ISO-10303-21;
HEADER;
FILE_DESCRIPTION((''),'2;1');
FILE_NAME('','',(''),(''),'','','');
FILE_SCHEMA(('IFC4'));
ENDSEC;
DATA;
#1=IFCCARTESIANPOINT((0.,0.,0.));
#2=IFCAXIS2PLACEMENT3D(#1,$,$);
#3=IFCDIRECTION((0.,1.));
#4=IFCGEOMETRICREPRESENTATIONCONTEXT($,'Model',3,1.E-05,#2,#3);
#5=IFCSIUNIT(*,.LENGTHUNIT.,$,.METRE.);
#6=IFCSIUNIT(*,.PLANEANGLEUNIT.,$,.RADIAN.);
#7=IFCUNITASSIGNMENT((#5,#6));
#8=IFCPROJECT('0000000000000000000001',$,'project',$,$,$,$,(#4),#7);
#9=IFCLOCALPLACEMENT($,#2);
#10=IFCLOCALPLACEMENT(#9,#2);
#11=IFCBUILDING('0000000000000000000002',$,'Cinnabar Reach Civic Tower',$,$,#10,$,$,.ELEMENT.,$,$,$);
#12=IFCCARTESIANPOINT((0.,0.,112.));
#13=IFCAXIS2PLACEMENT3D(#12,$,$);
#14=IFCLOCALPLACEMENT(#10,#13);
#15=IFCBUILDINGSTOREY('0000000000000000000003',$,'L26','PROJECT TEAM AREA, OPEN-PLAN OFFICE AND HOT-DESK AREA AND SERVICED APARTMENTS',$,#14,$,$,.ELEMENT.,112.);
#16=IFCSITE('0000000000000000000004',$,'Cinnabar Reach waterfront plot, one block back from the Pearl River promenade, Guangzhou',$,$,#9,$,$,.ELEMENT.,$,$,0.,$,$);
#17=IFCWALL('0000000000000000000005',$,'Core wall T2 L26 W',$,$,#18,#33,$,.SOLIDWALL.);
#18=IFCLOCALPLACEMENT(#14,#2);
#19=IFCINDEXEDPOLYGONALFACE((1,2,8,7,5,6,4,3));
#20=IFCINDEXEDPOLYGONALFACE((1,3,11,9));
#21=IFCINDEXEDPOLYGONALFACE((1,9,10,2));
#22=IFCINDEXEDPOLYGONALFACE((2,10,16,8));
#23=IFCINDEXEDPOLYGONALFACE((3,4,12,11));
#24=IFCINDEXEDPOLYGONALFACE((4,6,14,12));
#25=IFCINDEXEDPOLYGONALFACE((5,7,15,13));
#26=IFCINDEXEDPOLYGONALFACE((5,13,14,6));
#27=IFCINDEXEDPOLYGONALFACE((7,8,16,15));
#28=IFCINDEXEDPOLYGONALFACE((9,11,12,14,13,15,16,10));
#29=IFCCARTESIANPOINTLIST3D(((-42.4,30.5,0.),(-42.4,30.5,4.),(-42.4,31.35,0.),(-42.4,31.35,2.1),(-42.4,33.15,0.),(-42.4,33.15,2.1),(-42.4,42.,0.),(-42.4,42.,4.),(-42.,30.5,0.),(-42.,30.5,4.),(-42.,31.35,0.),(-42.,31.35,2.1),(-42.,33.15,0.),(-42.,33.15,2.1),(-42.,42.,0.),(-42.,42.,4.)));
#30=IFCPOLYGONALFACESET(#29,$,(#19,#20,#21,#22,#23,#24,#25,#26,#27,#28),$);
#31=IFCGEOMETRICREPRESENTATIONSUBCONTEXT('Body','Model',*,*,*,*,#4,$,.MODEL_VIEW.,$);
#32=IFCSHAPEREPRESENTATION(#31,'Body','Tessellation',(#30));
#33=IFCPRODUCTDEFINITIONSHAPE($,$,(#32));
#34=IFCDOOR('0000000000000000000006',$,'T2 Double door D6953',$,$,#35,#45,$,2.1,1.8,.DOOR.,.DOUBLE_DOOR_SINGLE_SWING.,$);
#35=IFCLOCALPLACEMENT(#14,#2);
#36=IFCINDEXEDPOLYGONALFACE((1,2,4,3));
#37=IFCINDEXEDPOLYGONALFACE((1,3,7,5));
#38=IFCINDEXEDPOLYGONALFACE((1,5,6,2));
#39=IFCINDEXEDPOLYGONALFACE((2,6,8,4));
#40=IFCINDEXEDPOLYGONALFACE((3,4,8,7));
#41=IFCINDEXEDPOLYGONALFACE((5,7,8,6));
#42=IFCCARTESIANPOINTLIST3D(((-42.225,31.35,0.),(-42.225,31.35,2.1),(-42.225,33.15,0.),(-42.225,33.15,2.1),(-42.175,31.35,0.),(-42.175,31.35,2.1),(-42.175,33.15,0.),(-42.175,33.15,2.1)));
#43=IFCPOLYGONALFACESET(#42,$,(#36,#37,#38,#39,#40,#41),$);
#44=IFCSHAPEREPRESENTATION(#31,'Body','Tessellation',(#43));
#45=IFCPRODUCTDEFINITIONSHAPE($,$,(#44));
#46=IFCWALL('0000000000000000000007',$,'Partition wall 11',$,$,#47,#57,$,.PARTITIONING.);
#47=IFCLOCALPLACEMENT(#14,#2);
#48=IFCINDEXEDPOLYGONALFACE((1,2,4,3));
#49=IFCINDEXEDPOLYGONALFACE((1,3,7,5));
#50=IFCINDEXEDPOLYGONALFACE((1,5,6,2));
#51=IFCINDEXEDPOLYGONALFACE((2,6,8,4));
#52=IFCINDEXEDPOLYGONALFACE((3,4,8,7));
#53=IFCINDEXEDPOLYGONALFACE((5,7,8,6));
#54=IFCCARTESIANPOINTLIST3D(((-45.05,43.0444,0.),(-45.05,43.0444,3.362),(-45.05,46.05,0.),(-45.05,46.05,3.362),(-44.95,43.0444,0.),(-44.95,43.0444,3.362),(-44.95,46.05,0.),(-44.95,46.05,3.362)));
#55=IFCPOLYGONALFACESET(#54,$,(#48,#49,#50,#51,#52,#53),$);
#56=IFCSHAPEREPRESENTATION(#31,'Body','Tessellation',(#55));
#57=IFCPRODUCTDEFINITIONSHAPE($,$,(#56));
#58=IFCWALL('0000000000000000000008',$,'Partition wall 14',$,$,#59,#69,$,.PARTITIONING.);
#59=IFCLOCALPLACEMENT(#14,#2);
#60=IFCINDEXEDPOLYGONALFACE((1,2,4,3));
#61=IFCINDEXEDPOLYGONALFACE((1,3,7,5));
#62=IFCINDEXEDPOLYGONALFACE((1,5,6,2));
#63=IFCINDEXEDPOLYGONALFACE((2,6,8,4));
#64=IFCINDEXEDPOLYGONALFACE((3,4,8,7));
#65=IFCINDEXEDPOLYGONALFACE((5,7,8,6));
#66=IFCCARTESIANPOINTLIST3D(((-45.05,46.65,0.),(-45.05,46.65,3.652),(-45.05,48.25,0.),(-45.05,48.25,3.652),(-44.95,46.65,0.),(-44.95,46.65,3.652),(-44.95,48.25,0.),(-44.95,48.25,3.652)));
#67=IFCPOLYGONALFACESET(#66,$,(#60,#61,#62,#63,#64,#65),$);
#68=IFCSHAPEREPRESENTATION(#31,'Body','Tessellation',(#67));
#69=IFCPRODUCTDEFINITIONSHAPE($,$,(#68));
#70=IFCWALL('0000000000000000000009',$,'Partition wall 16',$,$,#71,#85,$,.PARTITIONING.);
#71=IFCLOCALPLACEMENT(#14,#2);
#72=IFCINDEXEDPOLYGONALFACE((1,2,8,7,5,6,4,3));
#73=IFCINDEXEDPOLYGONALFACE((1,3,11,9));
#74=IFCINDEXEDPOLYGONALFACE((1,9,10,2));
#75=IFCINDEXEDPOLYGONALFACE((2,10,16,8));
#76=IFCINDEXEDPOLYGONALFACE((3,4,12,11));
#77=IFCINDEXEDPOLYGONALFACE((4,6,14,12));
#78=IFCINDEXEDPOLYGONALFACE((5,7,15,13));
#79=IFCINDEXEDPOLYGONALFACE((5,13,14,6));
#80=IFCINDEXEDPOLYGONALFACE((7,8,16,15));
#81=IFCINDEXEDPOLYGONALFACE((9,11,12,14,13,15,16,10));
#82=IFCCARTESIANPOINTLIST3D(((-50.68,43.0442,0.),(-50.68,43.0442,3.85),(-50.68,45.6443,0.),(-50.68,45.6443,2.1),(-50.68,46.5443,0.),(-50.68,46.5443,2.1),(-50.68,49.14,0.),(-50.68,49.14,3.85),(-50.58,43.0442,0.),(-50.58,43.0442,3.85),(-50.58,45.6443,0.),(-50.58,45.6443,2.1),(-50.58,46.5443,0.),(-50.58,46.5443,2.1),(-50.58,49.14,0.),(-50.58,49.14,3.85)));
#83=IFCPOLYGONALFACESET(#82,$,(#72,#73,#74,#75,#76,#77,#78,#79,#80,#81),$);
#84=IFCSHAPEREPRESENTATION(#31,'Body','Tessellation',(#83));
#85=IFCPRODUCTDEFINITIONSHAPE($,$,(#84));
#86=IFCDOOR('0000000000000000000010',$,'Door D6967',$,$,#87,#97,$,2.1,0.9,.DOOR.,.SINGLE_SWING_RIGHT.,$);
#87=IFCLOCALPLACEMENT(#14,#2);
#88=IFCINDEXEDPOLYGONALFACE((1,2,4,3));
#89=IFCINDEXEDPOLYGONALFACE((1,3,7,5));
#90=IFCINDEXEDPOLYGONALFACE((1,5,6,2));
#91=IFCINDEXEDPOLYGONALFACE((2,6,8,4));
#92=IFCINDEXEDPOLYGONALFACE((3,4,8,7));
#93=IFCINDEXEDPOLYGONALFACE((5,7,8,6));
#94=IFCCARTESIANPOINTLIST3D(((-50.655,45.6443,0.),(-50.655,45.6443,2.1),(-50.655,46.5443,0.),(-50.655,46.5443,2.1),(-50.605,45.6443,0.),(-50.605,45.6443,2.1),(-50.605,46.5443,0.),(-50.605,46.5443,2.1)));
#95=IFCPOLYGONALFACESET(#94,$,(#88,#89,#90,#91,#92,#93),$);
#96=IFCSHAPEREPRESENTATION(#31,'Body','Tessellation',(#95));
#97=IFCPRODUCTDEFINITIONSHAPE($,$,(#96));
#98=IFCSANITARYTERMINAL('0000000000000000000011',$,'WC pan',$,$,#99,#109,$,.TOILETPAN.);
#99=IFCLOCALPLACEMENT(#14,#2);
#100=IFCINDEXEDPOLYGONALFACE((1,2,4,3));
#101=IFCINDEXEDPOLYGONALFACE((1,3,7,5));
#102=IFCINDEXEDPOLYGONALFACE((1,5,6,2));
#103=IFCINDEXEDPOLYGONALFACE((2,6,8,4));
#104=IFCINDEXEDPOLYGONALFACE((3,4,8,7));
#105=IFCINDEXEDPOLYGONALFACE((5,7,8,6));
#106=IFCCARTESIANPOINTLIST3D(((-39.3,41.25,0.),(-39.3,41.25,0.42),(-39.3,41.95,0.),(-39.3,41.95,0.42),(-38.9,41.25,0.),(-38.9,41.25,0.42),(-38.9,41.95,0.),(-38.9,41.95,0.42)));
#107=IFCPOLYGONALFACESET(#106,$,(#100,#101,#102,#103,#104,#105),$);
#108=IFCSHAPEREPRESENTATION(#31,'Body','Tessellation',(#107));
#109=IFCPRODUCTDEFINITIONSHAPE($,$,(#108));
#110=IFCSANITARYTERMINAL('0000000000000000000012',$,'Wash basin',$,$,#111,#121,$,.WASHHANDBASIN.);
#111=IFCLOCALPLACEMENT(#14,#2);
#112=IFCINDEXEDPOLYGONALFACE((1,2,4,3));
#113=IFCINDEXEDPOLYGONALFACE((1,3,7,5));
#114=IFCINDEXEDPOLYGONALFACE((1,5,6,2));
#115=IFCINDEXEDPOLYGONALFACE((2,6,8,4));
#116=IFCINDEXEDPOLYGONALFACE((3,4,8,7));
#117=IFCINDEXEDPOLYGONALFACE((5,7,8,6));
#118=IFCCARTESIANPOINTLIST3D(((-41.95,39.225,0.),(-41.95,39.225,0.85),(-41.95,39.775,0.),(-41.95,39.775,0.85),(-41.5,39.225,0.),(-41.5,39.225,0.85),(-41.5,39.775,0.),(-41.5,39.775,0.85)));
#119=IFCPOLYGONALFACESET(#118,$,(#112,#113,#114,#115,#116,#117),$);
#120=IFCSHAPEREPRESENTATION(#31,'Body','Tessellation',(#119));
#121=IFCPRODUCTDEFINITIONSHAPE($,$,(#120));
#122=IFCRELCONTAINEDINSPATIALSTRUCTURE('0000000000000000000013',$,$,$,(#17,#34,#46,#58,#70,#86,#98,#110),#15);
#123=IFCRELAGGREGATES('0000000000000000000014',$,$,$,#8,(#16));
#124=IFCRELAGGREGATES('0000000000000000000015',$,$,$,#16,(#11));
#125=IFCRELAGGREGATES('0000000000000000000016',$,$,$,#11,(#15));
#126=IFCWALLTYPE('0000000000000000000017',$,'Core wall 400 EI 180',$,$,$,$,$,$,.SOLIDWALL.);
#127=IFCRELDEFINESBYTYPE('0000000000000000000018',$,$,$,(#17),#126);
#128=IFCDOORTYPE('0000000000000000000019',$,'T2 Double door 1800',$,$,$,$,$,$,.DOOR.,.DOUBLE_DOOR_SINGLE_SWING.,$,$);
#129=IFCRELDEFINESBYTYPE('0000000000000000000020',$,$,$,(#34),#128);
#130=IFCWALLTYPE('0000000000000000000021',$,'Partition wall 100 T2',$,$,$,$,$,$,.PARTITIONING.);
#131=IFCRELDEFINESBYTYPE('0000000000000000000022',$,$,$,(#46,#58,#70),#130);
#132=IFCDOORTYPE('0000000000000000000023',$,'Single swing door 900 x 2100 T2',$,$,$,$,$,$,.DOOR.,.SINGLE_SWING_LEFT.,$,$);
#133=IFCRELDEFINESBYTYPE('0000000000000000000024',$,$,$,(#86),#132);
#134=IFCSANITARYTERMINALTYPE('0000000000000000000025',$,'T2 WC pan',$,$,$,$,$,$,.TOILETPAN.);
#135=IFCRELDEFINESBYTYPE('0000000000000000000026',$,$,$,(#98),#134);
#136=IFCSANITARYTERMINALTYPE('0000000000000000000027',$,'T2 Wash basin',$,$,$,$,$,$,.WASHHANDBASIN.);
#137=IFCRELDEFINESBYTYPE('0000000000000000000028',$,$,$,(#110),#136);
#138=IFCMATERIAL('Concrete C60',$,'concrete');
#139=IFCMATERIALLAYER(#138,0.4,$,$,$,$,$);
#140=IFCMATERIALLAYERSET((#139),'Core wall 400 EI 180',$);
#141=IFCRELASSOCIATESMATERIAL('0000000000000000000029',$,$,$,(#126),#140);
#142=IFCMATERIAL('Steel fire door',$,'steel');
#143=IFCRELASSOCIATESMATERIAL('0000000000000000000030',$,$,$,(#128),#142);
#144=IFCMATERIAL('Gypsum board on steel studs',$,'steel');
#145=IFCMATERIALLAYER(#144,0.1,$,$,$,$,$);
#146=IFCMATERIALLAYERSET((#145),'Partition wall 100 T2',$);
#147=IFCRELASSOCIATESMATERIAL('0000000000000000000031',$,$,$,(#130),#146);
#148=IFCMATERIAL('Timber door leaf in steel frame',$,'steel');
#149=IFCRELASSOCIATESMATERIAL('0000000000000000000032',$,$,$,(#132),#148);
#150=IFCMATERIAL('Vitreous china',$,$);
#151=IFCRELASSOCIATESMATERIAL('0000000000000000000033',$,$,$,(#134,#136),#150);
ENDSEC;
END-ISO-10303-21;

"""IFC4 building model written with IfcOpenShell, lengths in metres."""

from ifc_helpers import new_model, si_unit, direction, frame, frame_2d, origin, origin_2d, place, context, subcontext, project, spatial, rectangle, extrude, material, layer, layer_set, type_object, element, fill, save


model = new_model("IFC4")

# Units and contexts
model_context = context("Model", 3, precision=1e-05, world=origin(), true_north=direction((0.0, 1.0)))
body_context = subcontext(model_context, "Body", "Model", "MODEL_VIEW")
ifc_project = project(units=[si_unit("LENGTHUNIT", "METRE"), si_unit("PLANEANGLEUNIT", "RADIAN")], contexts=[model_context])

# Site, building, storey
site_placement = place(None, origin())
site = spatial("IfcSite", under=ifc_project, at=site_placement, Name="Cinnabar Reach waterfront plot, one block back from the Pearl River promenade, Guangzhou", CompositionType="ELEMENT", RefElevation=0.0)
building_placement = place(site_placement, origin())
building = spatial("IfcBuilding", under=site, at=building_placement, Name="Cinnabar Reach Civic Tower", CompositionType="ELEMENT")
storey_placement = place(building_placement, frame((0.0, 0.0, 112.0)))
storey = spatial("IfcBuildingStorey", under=building, at=storey_placement, Name="L26", Description="PROJECT TEAM AREA, OPEN-PLAN OFFICE AND HOT-DESK AREA AND SERVICED APARTMENTS", CompositionType="ELEMENT", Elevation=112.0)

# Shared definitions
ifc_material_1 = material(Name="Concrete C60", Category="concrete")

# Wall, opening, door
ifc_layer_1 = layer(ifc_material_1, 0.4)
ifc_layer_set_1 = layer_set([ifc_layer_1], Name="Core wall 400 EI 180")
wall_type_1 = type_object("IfcWallType", Name="Core wall 400 EI 180", PredefinedType="SOLIDWALL", material=ifc_layer_set_1)
wall_1_placement = place(storey_placement, frame((-42.2, 42.0, 0.0), z_axis=(0.0, 0.0, 1.0), x_axis=(0.0, -1.0, 0.0)))
wall_1 = element("IfcWall", 1, at=wall_1_placement, inside=storey, type_object=wall_type_1, Name="Core wall T2 L26 W", PredefinedType="SOLIDWALL", context=body_context, shape_type="SweptSolid", body=[
    extrude(rectangle(XDim=11.5, YDim=0.4, at=frame_2d((5.75, 0.0))), origin(), (0.0, 0.0, 1.0), 4.0),
])
opening_1_placement = place(wall_1_placement, frame((8.85, 0.0, 0.0)))
opening_1 = element("IfcOpeningElement", 2, at=opening_1_placement, cuts=wall_1, PredefinedType="OPENING", context=body_context, shape_type="SweptSolid", body=[
    extrude(rectangle(XDim=1.8, YDim=2.1, at=frame_2d((0.9, 1.05))), frame((0.0, 0.21, 0.0), z_axis=(0.0, -1.0, 0.0), x_axis=(1.0, 0.0, 0.0)), (0.0, 0.0, 1.0), 0.42),
])
ifc_material_2 = material(Name="Steel fire door", Category="steel")
door_type_1 = type_object("IfcDoorType", Name="T2 Double door 1800", OperationType="DOUBLE_DOOR_SINGLE_SWING", PredefinedType="DOOR", material=ifc_material_2)
door_1_placement = place(opening_1_placement, frame((1.8, 0.0, 0.0), z_axis=(0.0, 0.0, 1.0), x_axis=(-1.0, 0.0, 0.0)))
door_1 = element("IfcDoor", 3, at=door_1_placement, inside=storey, type_object=door_type_1, Name="T2 Double door D6953", OperationType="DOUBLE_DOOR_SINGLE_SWING", OverallHeight=2.1, OverallWidth=1.8, PredefinedType="DOOR", context=body_context, shape_type="SweptSolid", body=[
    extrude(rectangle(XDim=1.8, YDim=2.1, at=frame_2d((0.9, 1.05))), frame((0.0, 0.025, 0.0), z_axis=(0.0, -1.0, 0.0), x_axis=(1.0, 0.0, 0.0)), (0.0, 0.0, 1.0), 0.05),
])
fill(opening_1, door_1)

# Walls
ifc_material_3 = material(Name="Gypsum board on steel studs", Category="steel")
ifc_layer_2 = layer(ifc_material_3, 0.1)
ifc_layer_set_2 = layer_set([ifc_layer_2], Name="Partition wall 100 T2")
wall_type_2 = type_object("IfcWallType", Name="Partition wall 100 T2", PredefinedType="PARTITIONING", material=ifc_layer_set_2)
wall_2_placement = place(storey_placement, frame((-45.0, 43.0443, 0.0), z_axis=(0.0, 0.0, 1.0), x_axis=(0.0, 1.0, 0.0)))
element("IfcWall", 4, at=wall_2_placement, inside=storey, type_object=wall_type_2, Name="Partition wall 11", PredefinedType="PARTITIONING", context=body_context, shape_type="SweptSolid", body=[
    extrude(rectangle(XDim=3.0057, YDim=0.1, at=frame_2d((1.5029, 0.0))), origin(), (0.0, 0.0, 1.0), 3.362),
])
wall_3_placement = place(storey_placement, frame((-45.0, 46.65, 0.0), z_axis=(0.0, 0.0, 1.0), x_axis=(0.0, 1.0, 0.0)))
element("IfcWall", 5, at=wall_3_placement, inside=storey, type_object=wall_type_2, Name="Partition wall 14", PredefinedType="PARTITIONING", context=body_context, shape_type="SweptSolid", body=[
    extrude(rectangle(XDim=1.6, YDim=0.1, at=frame_2d((0.8, 0.0))), origin(), (0.0, 0.0, 1.0), 3.652),
])

# Wall, opening, door
wall_4_placement = place(storey_placement, frame((-50.63, 43.0443, 0.0), z_axis=(0.0, 0.0, 1.0), x_axis=(0.0, 1.0, 0.0)))
wall_4 = element("IfcWall", 6, at=wall_4_placement, inside=storey, type_object=wall_type_2, Name="Partition wall 16", PredefinedType="PARTITIONING", context=body_context, shape_type="SweptSolid", body=[
    extrude(rectangle(XDim=6.0957, YDim=0.1, at=frame_2d((3.0478, 0.0))), origin(), (0.0, 0.0, 1.0), 3.85),
])
opening_2_placement = place(wall_4_placement, frame((2.6, 0.0, 0.0)))
opening_2 = element("IfcOpeningElement", 7, at=opening_2_placement, cuts=wall_4, PredefinedType="OPENING", context=body_context, shape_type="SweptSolid", body=[
    extrude(rectangle(XDim=0.9, YDim=2.1, at=frame_2d((0.45, 1.05))), frame((0.0, 0.06, 0.0), z_axis=(0.0, -1.0, 0.0), x_axis=(1.0, 0.0, 0.0)), (0.0, 0.0, 1.0), 0.12),
])
ifc_material_4 = material(Name="Timber door leaf in steel frame", Category="steel")
door_type_2 = type_object("IfcDoorType", Name="Single swing door 900 x 2100 T2", OperationType="SINGLE_SWING_LEFT", PredefinedType="DOOR", material=ifc_material_4)
door_2_placement = place(opening_2_placement, frame((0.9, 0.0, 0.0), z_axis=(0.0, 0.0, 1.0), x_axis=(-1.0, 0.0, 0.0)))
door_2 = element("IfcDoor", 8, at=door_2_placement, inside=storey, type_object=door_type_2, Name="Door D6967", OperationType="SINGLE_SWING_RIGHT", OverallHeight=2.1, OverallWidth=0.9, PredefinedType="DOOR", context=body_context, shape_type="SweptSolid", body=[
    extrude(rectangle(XDim=0.9, YDim=2.1, at=frame_2d((0.45, 1.05))), frame((0.0, 0.025, 0.0), z_axis=(0.0, -1.0, 0.0), x_axis=(1.0, 0.0, 0.0)), (0.0, 0.0, 1.0), 0.05),
])
fill(opening_2, door_2)

# Sanitary terminals
ifc_material_5 = material(Name="Vitreous china")
sanitary_terminal_type_1 = type_object("IfcSanitaryTerminalType", Name="T2 WC pan", PredefinedType="TOILETPAN", material=ifc_material_5)
sanitary_terminal_1_placement = place(storey_placement, frame((-39.1, 41.6, 0.0), z_axis=(0.0, 0.0, 1.0), x_axis=(1.0, 0.0, 0.0)))
element("IfcSanitaryTerminal", 9, at=sanitary_terminal_1_placement, inside=storey, type_object=sanitary_terminal_type_1, Name="WC pan", PredefinedType="TOILETPAN", context=body_context, shape_type="SweptSolid", body=[
    extrude(rectangle(XDim=0.4, YDim=0.7, at=origin_2d()), origin(), (0.0, 0.0, 1.0), 0.42),
])
sanitary_terminal_type_2 = type_object("IfcSanitaryTerminalType", Name="T2 Wash basin", PredefinedType="WASHHANDBASIN", material=ifc_material_5)
sanitary_terminal_2_placement = place(storey_placement, frame((-41.725, 39.5, 0.0), z_axis=(0.0, 0.0, 1.0), x_axis=(1.0, 0.0, 0.0)))
element("IfcSanitaryTerminal", 10, at=sanitary_terminal_2_placement, inside=storey, type_object=sanitary_terminal_type_2, Name="Wash basin", PredefinedType="WASHHANDBASIN", context=body_context, shape_type="SweptSolid", body=[
    extrude(rectangle(XDim=0.45, YDim=0.55, at=origin_2d()), origin(), (0.0, 0.0, 1.0), 0.85),
])

save(model, "model.ifc")
